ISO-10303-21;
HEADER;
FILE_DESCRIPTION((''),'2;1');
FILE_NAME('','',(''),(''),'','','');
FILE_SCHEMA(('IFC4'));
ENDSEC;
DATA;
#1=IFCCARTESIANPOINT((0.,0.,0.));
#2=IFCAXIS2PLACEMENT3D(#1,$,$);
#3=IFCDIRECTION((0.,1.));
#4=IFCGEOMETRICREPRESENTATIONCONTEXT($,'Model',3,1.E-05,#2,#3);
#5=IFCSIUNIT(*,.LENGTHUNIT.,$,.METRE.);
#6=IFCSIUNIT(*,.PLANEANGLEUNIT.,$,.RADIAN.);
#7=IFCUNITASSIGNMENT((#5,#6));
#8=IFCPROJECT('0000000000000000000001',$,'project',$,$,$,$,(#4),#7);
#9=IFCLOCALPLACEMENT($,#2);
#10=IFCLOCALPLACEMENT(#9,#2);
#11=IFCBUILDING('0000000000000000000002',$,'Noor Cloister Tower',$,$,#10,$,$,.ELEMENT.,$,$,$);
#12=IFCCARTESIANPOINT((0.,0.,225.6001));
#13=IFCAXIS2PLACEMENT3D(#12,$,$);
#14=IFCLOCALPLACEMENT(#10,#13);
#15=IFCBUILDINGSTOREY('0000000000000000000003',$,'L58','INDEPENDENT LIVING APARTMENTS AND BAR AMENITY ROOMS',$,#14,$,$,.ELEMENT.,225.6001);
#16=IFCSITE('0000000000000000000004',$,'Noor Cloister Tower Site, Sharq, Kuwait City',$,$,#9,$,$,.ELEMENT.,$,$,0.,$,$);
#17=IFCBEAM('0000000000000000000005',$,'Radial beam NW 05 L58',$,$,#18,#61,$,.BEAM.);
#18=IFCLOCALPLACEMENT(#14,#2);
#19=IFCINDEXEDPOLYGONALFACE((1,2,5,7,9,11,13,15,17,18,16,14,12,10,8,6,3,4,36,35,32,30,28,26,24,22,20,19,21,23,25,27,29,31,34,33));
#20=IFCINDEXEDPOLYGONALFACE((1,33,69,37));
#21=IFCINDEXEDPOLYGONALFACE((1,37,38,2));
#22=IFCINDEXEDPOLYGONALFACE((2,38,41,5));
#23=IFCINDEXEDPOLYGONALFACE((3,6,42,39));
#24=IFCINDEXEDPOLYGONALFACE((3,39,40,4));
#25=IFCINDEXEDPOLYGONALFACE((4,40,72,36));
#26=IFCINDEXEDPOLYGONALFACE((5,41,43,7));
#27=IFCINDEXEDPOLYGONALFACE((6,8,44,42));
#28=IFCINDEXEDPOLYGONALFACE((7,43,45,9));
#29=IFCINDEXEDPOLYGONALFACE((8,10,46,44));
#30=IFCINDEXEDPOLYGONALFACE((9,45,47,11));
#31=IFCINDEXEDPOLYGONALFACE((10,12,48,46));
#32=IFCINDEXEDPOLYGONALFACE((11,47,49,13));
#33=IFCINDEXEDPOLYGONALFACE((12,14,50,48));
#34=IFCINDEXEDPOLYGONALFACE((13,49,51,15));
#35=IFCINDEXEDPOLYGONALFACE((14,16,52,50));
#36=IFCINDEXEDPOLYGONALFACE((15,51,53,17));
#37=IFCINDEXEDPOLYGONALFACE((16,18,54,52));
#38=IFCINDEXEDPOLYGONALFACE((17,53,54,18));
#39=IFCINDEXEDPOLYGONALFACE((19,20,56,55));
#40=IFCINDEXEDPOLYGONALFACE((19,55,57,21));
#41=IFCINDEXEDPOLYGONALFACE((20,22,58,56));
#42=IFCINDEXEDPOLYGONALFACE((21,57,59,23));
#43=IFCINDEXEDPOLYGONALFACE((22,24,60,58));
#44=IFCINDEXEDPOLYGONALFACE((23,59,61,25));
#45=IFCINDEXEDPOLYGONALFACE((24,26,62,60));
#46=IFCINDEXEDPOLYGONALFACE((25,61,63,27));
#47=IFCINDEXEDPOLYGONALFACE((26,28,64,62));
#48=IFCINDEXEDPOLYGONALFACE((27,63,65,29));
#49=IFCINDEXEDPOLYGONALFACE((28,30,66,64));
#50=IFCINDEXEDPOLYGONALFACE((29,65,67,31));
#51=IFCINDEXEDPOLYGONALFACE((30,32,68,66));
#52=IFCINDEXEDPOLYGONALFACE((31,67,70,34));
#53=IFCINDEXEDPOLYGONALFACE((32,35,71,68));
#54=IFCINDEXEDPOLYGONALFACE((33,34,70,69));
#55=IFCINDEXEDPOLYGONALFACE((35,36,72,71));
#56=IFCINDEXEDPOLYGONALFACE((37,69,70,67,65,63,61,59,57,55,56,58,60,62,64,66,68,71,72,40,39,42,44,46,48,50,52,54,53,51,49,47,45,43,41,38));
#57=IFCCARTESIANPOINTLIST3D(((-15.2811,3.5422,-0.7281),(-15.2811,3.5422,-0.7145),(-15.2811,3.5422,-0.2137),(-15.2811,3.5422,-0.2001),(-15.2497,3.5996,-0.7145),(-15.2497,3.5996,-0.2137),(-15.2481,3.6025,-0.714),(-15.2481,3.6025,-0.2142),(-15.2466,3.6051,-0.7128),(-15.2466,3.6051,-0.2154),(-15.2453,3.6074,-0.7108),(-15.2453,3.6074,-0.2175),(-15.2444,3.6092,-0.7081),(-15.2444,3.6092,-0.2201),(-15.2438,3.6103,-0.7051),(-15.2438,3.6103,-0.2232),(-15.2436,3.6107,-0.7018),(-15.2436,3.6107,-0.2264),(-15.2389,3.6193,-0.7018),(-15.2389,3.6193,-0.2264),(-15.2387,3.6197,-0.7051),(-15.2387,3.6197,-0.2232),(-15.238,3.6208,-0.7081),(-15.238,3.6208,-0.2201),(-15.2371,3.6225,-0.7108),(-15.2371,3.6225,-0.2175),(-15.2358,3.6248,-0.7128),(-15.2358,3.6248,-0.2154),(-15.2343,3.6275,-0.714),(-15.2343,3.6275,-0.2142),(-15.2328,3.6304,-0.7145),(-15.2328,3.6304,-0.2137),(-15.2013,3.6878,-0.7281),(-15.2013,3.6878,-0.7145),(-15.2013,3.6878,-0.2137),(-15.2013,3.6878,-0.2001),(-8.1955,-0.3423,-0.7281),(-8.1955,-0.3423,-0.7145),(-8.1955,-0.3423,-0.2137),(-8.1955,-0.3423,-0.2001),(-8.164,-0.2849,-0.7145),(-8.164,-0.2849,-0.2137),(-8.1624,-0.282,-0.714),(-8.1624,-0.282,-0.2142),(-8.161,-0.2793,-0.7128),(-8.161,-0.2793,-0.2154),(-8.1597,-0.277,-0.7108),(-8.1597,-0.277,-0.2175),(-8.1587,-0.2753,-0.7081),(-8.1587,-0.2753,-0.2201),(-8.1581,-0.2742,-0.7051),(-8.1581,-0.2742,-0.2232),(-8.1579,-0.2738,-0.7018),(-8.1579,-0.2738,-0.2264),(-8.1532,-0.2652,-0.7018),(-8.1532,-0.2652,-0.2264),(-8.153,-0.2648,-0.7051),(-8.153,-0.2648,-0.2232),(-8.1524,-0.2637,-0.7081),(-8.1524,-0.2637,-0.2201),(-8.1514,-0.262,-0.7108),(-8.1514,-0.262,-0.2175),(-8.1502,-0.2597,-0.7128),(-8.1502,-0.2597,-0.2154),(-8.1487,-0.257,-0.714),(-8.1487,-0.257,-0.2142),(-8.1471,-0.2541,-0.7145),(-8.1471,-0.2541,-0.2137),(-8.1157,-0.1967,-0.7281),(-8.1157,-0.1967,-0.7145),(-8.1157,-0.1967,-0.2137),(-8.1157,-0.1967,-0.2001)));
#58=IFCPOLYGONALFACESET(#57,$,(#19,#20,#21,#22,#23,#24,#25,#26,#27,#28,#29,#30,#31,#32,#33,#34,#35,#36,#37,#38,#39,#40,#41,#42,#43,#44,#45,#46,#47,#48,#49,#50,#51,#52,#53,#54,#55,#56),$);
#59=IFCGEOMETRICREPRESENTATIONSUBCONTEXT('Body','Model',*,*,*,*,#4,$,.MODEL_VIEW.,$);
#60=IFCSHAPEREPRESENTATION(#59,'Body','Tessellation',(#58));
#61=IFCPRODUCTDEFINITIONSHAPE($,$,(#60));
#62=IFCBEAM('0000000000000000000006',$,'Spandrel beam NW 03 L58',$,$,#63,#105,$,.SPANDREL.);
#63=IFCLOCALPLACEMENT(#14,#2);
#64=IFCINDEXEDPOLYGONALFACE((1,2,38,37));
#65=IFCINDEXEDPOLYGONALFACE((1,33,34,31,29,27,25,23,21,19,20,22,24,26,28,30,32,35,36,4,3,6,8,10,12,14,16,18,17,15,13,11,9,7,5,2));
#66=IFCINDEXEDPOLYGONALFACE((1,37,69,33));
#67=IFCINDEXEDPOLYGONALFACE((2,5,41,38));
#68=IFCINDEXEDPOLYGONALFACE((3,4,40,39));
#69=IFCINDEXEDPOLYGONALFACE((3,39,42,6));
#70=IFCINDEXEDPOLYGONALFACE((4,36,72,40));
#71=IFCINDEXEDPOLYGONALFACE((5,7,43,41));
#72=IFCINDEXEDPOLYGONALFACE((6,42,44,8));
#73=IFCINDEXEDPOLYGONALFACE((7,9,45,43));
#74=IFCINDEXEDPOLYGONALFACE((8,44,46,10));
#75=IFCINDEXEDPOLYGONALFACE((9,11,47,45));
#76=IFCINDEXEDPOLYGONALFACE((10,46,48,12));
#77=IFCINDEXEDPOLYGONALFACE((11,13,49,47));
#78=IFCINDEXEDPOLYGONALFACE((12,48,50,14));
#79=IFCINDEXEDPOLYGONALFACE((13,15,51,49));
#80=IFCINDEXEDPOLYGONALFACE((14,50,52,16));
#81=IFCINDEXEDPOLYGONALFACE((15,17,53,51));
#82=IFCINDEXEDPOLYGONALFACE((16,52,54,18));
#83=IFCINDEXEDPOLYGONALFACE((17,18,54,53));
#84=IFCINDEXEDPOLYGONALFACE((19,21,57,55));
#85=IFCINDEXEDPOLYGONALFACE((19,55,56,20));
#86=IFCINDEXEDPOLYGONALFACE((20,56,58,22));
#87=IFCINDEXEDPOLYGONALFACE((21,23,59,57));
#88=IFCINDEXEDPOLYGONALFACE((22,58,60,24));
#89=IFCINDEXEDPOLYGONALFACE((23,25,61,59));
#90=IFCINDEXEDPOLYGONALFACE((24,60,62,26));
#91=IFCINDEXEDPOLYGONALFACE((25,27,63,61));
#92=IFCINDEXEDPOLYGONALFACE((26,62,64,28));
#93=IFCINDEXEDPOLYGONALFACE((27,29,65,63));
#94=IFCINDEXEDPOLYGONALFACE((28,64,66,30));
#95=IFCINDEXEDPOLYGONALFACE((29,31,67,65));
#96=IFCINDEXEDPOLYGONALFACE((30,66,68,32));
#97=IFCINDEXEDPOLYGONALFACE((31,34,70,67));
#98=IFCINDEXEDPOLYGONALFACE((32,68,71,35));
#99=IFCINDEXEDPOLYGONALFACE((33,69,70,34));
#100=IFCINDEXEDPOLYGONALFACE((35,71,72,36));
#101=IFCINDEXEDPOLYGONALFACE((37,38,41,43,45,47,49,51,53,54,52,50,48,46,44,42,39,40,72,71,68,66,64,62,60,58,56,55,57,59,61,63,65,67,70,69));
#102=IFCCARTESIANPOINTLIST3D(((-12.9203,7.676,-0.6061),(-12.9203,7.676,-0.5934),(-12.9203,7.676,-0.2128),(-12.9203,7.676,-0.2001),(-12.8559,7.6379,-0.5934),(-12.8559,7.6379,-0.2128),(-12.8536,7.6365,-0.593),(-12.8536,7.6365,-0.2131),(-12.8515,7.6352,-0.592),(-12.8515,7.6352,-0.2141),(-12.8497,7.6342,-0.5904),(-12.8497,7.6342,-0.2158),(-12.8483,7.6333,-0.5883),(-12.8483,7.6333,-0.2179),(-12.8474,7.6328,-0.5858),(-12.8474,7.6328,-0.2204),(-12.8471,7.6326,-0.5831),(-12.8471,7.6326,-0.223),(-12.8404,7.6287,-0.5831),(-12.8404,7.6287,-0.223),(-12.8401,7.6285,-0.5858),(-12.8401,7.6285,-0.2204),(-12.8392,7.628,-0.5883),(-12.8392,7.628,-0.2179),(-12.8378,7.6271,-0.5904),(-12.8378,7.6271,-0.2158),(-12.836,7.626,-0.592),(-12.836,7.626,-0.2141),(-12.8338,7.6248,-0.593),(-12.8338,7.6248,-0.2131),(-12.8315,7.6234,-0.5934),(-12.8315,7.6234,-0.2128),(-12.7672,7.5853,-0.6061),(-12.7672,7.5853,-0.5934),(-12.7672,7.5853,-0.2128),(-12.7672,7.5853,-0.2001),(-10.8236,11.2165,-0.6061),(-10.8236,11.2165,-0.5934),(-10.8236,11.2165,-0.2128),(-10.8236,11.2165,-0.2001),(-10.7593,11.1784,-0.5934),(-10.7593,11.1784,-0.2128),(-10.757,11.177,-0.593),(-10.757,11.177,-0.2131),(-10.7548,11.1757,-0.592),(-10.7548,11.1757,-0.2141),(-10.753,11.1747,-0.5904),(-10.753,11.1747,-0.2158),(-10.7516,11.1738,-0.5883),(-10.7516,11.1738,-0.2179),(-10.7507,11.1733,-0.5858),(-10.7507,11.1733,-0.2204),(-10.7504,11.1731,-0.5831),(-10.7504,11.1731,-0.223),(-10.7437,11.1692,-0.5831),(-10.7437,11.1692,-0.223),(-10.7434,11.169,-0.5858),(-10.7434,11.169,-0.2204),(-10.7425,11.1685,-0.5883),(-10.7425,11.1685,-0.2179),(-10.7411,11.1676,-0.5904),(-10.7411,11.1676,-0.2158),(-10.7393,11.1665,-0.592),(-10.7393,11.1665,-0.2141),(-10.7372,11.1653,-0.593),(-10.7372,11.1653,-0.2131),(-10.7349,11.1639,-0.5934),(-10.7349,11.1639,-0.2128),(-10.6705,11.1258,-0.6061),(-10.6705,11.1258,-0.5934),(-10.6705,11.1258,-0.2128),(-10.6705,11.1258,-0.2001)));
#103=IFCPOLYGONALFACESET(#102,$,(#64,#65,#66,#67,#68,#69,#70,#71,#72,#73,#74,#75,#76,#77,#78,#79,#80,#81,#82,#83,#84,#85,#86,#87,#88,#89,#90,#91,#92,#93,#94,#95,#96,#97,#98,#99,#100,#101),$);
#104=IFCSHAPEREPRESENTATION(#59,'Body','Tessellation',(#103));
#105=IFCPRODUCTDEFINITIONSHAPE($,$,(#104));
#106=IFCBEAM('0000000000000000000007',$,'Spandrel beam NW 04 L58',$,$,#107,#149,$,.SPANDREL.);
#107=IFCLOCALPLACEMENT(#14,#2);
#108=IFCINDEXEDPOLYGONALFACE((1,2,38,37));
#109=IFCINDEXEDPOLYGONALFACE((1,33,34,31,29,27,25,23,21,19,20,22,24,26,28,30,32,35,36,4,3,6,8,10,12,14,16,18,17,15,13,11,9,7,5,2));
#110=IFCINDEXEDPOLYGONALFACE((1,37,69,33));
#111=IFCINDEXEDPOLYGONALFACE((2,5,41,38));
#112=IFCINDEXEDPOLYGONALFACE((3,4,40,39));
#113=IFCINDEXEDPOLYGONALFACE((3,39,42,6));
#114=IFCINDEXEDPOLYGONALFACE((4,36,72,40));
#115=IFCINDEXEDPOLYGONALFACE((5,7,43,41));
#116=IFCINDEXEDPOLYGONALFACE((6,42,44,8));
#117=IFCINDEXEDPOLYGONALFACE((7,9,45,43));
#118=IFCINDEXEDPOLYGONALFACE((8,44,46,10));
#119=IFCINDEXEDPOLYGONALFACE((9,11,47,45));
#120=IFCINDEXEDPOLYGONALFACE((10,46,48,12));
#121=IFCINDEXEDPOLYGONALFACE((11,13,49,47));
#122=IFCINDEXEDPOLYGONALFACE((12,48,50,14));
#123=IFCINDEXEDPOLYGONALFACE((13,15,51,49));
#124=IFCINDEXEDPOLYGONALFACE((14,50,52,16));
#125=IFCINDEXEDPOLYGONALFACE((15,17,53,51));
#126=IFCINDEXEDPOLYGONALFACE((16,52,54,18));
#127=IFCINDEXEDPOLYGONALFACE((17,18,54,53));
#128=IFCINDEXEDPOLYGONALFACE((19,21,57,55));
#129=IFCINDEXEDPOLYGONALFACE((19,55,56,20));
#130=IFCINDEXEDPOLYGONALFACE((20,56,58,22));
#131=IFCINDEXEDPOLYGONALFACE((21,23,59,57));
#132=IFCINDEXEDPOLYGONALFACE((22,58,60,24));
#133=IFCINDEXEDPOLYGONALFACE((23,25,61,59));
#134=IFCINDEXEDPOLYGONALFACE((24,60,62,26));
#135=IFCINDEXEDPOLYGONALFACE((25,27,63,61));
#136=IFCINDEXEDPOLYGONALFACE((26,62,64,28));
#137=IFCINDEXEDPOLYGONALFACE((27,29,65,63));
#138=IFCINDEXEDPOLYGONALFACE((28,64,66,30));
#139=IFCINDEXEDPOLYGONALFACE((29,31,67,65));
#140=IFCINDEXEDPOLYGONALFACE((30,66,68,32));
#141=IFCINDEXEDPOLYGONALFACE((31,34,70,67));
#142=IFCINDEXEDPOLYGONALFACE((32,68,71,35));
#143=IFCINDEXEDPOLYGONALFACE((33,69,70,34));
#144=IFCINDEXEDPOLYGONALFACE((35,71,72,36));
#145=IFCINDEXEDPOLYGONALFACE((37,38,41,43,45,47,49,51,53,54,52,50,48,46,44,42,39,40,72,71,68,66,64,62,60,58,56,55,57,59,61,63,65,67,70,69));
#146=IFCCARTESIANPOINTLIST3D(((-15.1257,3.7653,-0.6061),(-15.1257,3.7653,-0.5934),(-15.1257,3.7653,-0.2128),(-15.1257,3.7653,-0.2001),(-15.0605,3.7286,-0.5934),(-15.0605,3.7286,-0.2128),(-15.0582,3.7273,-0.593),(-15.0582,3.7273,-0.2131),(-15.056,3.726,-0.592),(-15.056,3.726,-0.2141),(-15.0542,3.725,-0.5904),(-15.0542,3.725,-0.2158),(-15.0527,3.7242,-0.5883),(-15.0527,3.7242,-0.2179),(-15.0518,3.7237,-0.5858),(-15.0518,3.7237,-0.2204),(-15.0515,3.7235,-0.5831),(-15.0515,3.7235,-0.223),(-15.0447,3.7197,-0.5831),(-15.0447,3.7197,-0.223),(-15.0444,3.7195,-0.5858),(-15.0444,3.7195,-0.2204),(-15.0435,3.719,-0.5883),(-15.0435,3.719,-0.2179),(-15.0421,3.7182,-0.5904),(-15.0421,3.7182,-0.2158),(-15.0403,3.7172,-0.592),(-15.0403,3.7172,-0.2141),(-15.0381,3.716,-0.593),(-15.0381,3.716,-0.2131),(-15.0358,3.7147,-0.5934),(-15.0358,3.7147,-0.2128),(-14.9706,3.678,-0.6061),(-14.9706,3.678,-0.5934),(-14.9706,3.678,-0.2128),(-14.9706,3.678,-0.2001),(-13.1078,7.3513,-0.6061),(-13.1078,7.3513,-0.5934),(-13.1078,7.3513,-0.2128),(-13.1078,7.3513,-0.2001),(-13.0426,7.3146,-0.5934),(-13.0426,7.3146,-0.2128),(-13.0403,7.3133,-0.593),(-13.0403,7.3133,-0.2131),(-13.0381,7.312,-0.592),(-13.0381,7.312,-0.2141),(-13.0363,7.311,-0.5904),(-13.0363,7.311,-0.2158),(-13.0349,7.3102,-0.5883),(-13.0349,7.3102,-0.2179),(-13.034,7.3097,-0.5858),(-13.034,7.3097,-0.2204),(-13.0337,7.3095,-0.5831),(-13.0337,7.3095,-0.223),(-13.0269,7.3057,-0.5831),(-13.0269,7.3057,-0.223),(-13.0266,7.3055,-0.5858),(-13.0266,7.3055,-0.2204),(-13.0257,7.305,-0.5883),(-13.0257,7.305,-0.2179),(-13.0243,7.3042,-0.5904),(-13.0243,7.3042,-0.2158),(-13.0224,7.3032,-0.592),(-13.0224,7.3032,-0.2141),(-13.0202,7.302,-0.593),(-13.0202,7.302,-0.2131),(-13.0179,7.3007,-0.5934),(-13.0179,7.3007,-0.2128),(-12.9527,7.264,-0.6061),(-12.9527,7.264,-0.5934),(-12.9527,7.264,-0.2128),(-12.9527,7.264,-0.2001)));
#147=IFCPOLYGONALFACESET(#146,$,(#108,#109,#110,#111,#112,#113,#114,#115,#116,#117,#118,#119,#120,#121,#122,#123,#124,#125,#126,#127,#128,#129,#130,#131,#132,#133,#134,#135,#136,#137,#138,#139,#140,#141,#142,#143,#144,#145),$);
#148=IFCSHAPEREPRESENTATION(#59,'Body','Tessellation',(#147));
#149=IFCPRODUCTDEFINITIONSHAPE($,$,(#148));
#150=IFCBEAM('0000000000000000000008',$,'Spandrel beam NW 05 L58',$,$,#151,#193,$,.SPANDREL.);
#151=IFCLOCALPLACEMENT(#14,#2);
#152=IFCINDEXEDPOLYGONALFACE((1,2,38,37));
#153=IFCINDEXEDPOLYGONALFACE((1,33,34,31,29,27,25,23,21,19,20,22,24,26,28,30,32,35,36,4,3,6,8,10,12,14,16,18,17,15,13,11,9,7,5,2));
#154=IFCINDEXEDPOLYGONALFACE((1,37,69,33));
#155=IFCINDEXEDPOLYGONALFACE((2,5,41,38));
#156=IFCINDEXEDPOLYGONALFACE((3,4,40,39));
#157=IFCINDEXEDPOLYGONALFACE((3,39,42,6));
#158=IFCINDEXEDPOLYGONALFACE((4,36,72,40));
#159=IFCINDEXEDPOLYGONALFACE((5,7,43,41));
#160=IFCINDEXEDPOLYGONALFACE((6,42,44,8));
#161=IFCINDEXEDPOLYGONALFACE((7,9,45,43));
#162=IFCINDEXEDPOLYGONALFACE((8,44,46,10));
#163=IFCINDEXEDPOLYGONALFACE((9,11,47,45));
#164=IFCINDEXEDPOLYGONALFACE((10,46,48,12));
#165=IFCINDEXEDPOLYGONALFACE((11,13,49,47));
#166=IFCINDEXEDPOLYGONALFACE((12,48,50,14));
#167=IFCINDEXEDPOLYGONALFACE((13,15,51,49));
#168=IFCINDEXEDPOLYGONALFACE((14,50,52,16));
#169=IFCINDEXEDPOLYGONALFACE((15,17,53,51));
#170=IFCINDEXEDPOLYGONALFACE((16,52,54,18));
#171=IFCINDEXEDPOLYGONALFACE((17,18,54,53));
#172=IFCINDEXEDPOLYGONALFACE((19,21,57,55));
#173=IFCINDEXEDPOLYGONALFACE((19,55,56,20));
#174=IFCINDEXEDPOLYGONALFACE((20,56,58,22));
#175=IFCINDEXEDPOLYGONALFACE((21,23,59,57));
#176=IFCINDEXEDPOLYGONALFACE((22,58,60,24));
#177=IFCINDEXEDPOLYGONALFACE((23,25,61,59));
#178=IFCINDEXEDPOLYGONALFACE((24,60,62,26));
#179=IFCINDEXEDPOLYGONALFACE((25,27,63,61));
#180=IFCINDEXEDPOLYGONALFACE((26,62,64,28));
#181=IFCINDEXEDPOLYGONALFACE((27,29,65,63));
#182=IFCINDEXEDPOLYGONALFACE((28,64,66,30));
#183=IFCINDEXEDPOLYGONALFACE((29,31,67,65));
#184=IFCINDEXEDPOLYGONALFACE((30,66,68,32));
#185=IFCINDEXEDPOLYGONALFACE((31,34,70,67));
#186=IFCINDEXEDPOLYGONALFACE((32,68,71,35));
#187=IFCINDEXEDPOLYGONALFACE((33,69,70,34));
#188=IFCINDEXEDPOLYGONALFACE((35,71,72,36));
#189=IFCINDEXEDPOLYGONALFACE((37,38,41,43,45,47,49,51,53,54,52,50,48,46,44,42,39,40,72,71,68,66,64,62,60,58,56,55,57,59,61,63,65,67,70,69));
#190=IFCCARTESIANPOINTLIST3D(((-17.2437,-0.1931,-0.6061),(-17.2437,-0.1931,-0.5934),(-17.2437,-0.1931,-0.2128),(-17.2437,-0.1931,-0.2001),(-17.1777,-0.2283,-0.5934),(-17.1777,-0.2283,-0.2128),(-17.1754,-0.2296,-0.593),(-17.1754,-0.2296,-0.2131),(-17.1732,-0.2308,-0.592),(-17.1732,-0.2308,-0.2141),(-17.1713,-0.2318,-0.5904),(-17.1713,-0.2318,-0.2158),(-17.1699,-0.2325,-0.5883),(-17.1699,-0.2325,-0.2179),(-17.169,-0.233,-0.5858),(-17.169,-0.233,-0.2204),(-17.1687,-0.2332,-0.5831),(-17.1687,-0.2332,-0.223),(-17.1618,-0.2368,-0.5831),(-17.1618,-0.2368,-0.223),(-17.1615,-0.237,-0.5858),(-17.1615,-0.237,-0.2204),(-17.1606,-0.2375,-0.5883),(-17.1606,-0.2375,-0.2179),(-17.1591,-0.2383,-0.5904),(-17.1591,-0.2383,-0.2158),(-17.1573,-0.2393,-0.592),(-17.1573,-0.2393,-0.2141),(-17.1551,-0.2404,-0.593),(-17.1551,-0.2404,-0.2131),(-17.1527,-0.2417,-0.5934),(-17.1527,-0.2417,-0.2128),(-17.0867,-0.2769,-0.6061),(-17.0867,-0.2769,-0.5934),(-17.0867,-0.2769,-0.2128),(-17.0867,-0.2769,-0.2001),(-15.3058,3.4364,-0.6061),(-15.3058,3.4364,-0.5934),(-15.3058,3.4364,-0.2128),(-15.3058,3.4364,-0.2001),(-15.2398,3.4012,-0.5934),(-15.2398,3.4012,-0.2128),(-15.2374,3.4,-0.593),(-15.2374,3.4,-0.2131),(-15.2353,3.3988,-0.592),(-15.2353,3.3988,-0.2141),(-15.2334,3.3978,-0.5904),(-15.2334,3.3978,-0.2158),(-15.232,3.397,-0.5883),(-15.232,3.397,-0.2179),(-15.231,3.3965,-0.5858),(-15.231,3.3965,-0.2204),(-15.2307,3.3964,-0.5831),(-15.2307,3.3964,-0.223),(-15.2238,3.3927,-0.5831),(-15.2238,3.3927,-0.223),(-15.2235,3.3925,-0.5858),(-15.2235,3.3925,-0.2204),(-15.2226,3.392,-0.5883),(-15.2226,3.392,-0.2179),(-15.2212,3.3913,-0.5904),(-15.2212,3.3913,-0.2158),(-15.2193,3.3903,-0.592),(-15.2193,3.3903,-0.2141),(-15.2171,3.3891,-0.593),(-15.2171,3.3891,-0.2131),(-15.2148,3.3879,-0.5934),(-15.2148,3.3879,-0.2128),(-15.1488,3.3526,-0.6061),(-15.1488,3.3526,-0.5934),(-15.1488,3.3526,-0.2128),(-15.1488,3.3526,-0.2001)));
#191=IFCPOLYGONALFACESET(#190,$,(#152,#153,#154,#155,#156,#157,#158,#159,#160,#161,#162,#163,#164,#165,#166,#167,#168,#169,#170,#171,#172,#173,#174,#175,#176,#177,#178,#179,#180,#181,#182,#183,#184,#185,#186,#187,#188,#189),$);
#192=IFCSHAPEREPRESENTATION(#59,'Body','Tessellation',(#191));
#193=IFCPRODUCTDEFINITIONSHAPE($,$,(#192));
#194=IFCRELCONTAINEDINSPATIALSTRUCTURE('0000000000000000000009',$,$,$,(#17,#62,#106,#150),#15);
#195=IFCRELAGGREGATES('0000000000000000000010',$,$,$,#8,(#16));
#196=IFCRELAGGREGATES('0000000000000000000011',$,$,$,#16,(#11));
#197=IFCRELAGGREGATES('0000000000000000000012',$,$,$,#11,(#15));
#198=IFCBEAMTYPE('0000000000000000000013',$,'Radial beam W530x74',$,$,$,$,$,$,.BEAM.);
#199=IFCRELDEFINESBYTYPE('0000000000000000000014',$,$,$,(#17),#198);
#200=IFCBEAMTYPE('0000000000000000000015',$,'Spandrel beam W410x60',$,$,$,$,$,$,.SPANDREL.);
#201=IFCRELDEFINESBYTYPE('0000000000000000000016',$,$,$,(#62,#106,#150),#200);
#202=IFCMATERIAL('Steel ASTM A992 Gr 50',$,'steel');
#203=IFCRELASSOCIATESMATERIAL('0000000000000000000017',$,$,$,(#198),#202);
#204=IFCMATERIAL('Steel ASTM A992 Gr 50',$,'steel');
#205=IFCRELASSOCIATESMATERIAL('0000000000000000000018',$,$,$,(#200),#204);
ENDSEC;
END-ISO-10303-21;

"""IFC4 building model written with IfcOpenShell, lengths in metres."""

from ifc_helpers import new_model, si_unit, direction, frame, origin, origin_2d, place, context, subcontext, project, spatial, i_section, extrude, material, material_profile, profile_set, type_object, element, save


model = new_model("IFC4")

# Units and contexts
model_context = context("Model", 3, precision=1e-05, world=origin(), true_north=direction((0.0, 1.0)))
body_context = subcontext(model_context, "Body", "Model", "MODEL_VIEW")
ifc_project = project(units=[si_unit("LENGTHUNIT", "METRE"), si_unit("PLANEANGLEUNIT", "RADIAN")], contexts=[model_context])

# Site, building, storey
site_placement = place(None, origin())
site = spatial("IfcSite", under=ifc_project, at=site_placement, Name="Noor Cloister Tower Site, Sharq, Kuwait City", CompositionType="ELEMENT", RefElevation=0.0)
building_placement = place(site_placement, origin())
building = spatial("IfcBuilding", under=site, at=building_placement, Name="Noor Cloister Tower", CompositionType="ELEMENT")
storey_placement = place(building_placement, frame((0.0, 0.0, 225.6001)))
storey = spatial("IfcBuildingStorey", under=building, at=storey_placement, Name="L58", Description="INDEPENDENT LIVING APARTMENTS AND BAR AMENITY ROOMS", CompositionType="ELEMENT", Elevation=225.6001)

# Beams
ifc_material_1 = material(Name="Steel ASTM A992 Gr 50", Category="steel")
ifc_material_profile_1 = material_profile(ifc_material_1, i_section(OverallWidth=0.166, OverallDepth=0.5281, WebThickness=0.0098, FlangeThickness=0.0137, FilletRadius=0.0127, at=origin_2d()), Name="W530x74")
ifc_profile_set_1 = profile_set([ifc_material_profile_1], Name="Steel ASTM A992 Gr 50")
beam_type_1 = type_object("IfcBeamType", Name="Radial beam W530x74", PredefinedType="BEAM", material=ifc_profile_set_1)
beam_1_placement = place(storey_placement, frame((-15.2412, 3.615, -0.4641), z_axis=(0.876874, -0.48072, 0.0), x_axis=(0.48072, 0.876874, 0.0)))
element("IfcBeam", 1, at=beam_1_placement, inside=storey, type_object=beam_type_1, Name="Radial beam NW 05 L58", PredefinedType="BEAM", context=body_context, shape_type="SweptSolid", body=[
    extrude(i_section(OverallWidth=0.166, OverallDepth=0.5281, WebThickness=0.0098, FlangeThickness=0.0137, FilletRadius=0.0127, at=origin_2d()), origin(), (0.0, 0.0, 1.0), 8.0806),
])
ifc_material_2 = material(Name="Steel ASTM A992 Gr 50", Category="steel")
ifc_material_profile_2 = material_profile(ifc_material_2, i_section(OverallWidth=0.178, OverallDepth=0.406, WebThickness=0.0078, FlangeThickness=0.0127, FilletRadius=0.0103, at=origin_2d()), Name="W410x60")
ifc_profile_set_2 = profile_set([ifc_material_profile_2], Name="Steel ASTM A992 Gr 50")
beam_type_2 = type_object("IfcBeamType", Name="Spandrel beam W410x60", PredefinedType="SPANDREL", material=ifc_profile_set_2)
for number, where, z_axis, x_axis, name in (
    (2, (-10.7471, 11.1711, -0.4031), (-0.509549, -0.860442, 0.0), (0.860442, -0.509549, 0.0), "Spandrel beam NW 03 L58"),
    (3, (-13.0303, 7.3076, -0.4031), (-0.490396, -0.871499, 0.0), (0.871499, -0.490396, 0.0), "Spandrel beam NW 04 L58"),
):
    element("IfcBeam", number, at=place(storey_placement, frame(where, z_axis=z_axis, x_axis=x_axis)), inside=storey, type_object=beam_type_2, Name=name, PredefinedType="SPANDREL", context=body_context, shape_type="SweptSolid", body=[
        extrude(i_section(OverallWidth=0.178, OverallDepth=0.406, WebThickness=0.0078, FlangeThickness=0.0127, FilletRadius=0.0103, at=origin_2d()), origin(), (0.0, 0.0, 1.0), 4.1147),
    ])
beam_2_placement = place(storey_placement, frame((-15.2273, 3.3945, -0.4031), z_axis=(-0.471001, -0.882133, 0.0), x_axis=(0.882133, -0.471001, 0.0)))
element("IfcBeam", 4, at=beam_2_placement, inside=storey, type_object=beam_type_2, Name="Spandrel beam NW 05 L58", PredefinedType="SPANDREL", context=body_context, shape_type="SweptSolid", body=[
    extrude(i_section(OverallWidth=0.178, OverallDepth=0.406, WebThickness=0.0078, FlangeThickness=0.0127, FilletRadius=0.0103, at=origin_2d()), origin(), (0.0, 0.0, 1.0), 4.1145),
])

save(model, "model.ifc")
